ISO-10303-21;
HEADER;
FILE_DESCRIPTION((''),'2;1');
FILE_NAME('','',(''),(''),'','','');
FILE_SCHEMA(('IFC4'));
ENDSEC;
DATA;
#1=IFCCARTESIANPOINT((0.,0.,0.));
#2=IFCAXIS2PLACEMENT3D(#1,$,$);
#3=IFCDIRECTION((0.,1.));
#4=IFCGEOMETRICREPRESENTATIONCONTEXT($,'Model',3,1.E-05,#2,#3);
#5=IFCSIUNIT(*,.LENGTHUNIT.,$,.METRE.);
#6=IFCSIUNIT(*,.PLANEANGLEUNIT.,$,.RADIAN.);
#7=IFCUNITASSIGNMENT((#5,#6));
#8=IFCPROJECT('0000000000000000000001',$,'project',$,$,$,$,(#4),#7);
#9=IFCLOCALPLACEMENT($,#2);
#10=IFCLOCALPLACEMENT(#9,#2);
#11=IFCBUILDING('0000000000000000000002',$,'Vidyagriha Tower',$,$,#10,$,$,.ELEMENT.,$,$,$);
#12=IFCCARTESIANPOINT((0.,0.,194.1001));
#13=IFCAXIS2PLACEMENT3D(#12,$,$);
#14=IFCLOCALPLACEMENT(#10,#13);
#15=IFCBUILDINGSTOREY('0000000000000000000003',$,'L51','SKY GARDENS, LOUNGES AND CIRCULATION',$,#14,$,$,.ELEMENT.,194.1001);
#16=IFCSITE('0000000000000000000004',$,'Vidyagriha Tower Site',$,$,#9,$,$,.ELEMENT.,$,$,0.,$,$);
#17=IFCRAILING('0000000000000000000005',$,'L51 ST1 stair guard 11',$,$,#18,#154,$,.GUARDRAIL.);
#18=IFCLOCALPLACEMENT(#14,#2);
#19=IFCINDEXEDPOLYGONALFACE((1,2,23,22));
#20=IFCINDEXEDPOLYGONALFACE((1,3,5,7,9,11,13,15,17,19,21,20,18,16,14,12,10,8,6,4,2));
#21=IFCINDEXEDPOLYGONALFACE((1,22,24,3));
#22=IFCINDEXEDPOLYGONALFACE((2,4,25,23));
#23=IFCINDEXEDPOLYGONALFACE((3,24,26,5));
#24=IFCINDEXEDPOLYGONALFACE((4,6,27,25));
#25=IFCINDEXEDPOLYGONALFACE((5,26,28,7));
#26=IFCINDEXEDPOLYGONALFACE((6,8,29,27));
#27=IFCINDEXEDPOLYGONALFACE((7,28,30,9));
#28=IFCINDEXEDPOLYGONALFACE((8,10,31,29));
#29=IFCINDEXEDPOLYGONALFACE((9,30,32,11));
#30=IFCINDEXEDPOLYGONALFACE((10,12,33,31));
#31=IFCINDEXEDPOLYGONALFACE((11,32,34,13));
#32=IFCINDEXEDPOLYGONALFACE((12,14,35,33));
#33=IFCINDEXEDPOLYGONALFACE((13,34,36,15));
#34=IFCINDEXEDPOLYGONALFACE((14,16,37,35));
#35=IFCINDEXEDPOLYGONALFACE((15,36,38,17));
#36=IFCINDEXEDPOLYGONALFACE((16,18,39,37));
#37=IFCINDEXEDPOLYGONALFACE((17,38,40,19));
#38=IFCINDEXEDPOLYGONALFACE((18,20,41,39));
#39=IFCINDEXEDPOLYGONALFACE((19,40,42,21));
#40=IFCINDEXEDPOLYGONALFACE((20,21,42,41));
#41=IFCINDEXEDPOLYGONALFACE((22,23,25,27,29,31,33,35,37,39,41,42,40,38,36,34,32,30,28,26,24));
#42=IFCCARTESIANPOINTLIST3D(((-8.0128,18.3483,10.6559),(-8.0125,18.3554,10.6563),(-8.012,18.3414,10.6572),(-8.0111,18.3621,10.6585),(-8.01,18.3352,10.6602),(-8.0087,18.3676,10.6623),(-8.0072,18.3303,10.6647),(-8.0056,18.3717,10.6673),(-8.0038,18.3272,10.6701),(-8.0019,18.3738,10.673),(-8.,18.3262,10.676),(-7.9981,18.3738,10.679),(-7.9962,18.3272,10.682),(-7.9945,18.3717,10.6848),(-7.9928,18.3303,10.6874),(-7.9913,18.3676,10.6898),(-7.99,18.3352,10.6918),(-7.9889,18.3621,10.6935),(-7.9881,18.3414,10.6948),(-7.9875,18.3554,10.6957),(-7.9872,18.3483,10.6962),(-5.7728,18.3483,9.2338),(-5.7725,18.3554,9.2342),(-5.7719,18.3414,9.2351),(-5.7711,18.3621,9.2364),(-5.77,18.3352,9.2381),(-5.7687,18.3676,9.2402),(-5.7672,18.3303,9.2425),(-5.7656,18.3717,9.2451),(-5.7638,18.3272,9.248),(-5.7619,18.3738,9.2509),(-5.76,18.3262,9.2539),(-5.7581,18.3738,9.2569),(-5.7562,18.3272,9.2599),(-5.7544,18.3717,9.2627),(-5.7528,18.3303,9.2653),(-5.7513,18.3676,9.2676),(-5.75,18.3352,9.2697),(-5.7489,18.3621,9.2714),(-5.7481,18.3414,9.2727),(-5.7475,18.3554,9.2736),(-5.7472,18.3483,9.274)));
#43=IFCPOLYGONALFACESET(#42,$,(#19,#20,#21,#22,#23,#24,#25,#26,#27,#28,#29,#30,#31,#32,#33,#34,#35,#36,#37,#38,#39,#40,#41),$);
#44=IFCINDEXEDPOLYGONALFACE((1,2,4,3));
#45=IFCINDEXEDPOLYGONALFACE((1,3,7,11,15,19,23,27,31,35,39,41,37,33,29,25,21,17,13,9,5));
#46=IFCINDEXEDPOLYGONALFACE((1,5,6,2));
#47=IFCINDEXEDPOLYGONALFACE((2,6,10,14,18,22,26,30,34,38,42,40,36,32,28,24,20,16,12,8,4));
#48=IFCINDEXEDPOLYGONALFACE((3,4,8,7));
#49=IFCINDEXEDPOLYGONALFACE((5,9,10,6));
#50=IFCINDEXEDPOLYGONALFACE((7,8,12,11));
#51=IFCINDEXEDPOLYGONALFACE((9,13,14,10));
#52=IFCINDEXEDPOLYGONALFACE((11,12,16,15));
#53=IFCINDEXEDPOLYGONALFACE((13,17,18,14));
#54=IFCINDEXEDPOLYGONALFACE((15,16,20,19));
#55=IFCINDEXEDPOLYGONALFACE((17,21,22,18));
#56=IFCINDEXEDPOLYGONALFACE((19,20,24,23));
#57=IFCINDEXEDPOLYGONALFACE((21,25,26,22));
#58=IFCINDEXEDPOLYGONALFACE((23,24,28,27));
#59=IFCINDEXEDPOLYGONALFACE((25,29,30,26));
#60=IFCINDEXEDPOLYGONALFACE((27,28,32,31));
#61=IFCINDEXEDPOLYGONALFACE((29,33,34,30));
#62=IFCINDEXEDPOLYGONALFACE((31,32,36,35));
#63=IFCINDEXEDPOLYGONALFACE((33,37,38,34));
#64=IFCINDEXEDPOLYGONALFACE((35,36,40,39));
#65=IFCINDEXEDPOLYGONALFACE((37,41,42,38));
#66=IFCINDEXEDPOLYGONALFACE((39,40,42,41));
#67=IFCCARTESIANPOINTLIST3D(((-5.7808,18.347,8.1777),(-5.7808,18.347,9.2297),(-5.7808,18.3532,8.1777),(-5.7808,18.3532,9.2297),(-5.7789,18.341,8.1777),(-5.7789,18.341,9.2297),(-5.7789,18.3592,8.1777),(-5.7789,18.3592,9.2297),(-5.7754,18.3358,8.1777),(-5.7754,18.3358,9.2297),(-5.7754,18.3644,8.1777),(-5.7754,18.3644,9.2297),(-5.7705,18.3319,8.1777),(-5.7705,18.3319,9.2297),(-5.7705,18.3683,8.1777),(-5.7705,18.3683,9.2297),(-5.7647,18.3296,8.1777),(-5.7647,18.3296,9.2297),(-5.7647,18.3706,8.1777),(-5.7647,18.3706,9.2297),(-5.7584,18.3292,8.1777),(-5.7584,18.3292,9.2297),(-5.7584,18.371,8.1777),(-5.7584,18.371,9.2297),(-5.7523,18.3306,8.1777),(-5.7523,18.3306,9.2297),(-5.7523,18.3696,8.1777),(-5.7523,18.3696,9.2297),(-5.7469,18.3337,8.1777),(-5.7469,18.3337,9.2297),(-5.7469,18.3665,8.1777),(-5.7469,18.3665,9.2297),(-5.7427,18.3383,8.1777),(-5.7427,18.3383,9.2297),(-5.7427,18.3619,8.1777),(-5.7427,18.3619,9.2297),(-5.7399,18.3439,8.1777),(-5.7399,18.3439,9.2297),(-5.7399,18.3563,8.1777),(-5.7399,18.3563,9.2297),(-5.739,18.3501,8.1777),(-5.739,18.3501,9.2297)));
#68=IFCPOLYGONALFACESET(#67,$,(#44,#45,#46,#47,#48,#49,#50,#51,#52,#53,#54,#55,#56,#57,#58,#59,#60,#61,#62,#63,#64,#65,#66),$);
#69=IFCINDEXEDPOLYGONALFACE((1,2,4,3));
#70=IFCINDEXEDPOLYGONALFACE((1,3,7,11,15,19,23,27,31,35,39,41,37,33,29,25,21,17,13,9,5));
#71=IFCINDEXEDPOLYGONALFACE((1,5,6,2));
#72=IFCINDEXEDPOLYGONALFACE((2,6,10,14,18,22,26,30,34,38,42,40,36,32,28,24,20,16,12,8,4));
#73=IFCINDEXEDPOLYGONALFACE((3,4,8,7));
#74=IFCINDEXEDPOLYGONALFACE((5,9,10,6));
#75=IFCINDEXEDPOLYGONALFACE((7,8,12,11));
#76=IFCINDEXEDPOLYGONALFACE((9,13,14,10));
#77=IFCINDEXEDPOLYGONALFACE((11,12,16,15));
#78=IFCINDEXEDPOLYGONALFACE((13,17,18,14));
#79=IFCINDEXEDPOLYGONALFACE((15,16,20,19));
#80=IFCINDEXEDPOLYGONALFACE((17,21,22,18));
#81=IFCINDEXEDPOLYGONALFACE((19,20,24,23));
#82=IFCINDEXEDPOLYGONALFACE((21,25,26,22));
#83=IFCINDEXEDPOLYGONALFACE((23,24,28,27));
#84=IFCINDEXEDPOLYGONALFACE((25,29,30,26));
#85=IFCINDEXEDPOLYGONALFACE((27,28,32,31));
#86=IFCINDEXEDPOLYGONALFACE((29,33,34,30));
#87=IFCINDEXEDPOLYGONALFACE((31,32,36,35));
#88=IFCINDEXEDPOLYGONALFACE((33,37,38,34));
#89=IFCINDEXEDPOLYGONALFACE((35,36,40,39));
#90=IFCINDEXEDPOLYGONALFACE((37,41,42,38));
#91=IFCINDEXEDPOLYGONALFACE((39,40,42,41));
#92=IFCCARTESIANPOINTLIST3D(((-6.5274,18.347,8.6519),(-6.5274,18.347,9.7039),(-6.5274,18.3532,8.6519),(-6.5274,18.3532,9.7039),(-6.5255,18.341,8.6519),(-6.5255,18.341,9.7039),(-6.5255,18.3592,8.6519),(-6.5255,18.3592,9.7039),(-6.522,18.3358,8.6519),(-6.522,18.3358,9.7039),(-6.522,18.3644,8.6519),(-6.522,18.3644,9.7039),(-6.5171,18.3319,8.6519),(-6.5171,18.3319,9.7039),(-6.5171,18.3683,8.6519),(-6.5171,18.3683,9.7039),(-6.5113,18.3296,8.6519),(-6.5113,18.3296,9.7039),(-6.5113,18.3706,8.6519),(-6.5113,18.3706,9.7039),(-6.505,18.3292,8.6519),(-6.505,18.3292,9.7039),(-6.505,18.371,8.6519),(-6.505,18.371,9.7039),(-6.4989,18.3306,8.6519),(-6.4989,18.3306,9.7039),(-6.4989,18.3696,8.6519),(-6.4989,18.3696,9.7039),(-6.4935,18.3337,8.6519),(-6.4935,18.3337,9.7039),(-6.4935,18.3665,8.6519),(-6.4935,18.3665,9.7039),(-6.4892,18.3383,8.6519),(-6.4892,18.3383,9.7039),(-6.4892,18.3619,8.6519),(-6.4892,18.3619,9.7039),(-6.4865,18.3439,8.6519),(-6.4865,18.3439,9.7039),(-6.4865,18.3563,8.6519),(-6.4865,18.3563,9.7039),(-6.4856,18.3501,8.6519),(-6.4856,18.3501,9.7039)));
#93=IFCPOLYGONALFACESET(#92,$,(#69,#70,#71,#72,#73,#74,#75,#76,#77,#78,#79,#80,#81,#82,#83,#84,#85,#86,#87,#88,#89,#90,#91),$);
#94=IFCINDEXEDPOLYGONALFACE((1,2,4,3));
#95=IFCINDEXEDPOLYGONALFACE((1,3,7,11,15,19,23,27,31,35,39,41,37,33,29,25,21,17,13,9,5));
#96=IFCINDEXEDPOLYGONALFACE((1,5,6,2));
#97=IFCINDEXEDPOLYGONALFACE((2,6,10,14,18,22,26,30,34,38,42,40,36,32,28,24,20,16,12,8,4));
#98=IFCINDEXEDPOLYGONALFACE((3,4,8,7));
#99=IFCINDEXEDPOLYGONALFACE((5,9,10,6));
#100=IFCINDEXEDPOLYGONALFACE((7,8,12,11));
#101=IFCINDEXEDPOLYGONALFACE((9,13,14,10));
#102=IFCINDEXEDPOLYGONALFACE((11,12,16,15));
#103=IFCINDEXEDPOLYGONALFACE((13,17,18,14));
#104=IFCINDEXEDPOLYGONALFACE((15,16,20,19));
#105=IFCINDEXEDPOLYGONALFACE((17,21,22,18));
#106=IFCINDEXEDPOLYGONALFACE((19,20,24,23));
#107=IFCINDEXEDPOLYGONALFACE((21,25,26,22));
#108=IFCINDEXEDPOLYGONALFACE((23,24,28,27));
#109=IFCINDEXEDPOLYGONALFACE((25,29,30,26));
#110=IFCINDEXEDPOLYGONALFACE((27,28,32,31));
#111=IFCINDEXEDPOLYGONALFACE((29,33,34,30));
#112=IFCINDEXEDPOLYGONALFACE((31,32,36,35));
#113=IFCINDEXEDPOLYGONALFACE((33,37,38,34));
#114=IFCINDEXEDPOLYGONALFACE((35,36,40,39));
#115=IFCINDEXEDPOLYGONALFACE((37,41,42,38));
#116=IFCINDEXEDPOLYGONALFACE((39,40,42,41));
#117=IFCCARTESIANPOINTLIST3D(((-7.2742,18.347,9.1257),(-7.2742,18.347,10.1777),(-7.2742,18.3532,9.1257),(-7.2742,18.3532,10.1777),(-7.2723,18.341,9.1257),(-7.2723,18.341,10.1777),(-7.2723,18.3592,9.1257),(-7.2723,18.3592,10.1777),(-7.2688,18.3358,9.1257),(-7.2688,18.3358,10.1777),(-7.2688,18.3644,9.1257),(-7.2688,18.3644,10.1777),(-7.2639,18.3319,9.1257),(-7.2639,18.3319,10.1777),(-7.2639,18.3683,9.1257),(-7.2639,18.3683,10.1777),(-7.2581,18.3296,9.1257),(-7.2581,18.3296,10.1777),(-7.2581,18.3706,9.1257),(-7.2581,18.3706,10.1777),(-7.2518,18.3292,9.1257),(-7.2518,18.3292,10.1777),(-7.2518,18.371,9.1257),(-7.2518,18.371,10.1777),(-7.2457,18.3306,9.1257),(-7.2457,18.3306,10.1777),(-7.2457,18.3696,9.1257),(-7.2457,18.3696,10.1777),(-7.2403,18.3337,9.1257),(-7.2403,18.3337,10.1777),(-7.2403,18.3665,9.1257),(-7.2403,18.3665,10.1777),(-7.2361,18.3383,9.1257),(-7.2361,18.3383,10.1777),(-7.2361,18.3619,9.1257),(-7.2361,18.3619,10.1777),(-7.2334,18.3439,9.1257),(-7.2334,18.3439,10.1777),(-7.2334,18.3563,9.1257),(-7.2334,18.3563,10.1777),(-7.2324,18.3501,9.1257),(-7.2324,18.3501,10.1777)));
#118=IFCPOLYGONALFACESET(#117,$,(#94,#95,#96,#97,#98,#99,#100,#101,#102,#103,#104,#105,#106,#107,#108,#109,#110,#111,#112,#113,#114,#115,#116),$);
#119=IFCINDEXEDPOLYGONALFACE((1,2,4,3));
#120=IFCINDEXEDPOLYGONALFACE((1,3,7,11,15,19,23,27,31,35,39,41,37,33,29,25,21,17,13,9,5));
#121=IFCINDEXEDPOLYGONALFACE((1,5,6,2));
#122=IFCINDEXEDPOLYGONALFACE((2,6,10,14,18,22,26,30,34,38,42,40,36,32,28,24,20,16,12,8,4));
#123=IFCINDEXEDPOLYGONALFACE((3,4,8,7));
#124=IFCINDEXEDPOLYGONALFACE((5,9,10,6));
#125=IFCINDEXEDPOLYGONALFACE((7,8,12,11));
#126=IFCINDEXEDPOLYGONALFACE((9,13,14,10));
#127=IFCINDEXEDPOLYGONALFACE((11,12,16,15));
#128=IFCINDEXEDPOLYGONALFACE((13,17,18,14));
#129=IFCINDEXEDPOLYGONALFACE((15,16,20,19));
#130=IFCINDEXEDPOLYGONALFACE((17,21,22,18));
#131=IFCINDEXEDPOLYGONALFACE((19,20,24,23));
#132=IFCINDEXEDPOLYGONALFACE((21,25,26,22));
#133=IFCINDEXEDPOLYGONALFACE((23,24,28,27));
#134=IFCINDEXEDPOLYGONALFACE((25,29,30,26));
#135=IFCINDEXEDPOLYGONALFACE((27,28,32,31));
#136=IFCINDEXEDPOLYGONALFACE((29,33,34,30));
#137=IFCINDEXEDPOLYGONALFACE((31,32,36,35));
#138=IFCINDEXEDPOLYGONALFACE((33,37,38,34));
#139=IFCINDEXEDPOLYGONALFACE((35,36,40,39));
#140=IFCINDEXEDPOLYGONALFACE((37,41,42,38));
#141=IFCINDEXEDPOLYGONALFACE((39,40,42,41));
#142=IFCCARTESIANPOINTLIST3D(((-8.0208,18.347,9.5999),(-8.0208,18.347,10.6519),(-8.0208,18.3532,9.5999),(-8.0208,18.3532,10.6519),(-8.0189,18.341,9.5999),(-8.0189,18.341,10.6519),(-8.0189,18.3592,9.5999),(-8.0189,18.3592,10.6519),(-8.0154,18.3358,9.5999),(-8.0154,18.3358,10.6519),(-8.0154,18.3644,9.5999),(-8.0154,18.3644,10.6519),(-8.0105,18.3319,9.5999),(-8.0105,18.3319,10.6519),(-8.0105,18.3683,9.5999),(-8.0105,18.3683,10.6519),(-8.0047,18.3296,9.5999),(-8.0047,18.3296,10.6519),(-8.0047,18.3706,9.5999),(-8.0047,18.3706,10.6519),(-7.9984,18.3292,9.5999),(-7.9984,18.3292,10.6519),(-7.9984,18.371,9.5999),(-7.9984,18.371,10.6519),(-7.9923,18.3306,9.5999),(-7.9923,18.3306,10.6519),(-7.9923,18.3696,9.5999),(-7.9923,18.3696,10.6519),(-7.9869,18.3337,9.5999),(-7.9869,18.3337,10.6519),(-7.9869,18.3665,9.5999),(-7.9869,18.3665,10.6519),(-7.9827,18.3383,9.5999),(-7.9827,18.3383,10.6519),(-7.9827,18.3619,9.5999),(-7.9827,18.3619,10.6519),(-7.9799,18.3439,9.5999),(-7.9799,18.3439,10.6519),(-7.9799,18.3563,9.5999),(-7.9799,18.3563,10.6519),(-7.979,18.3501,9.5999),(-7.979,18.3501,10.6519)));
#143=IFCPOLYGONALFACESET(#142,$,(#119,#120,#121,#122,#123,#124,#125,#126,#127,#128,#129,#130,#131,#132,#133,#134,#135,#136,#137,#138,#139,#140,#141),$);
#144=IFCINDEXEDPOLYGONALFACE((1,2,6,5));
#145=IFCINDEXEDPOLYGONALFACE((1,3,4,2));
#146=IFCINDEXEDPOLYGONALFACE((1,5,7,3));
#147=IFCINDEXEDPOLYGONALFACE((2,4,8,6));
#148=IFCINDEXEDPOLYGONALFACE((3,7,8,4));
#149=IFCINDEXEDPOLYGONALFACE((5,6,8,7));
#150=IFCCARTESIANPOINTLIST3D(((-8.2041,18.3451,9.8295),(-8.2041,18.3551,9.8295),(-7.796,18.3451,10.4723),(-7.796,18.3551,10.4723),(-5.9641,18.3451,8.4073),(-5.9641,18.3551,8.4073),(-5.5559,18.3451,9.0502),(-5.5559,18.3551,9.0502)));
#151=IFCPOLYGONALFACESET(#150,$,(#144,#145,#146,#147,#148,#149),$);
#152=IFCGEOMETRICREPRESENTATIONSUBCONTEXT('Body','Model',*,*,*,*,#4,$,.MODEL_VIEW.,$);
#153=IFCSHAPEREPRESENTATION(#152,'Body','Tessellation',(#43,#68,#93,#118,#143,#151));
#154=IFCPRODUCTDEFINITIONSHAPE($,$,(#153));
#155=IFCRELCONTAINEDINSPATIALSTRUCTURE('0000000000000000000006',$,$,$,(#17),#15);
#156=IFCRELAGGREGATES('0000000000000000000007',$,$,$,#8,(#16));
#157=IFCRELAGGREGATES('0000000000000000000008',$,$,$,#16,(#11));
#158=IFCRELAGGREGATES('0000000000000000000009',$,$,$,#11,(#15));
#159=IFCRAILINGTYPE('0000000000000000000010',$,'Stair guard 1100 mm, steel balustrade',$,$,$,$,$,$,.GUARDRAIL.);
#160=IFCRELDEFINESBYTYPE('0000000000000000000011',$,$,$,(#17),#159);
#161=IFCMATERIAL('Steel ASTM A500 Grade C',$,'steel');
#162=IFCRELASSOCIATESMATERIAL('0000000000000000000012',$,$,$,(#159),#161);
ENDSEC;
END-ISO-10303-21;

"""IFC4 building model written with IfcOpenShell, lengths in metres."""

from ifc_helpers import new_model, si_unit, direction, frame, origin, origin_2d, place, context, subcontext, project, spatial, rectangle, circle, extrude, material, type_object, element, save


model = new_model("IFC4")

# Units and contexts
model_context = context("Model", 3, precision=1e-05, world=origin(), true_north=direction((0.0, 1.0)))
body_context = subcontext(model_context, "Body", "Model", "MODEL_VIEW")
ifc_project = project(units=[si_unit("LENGTHUNIT", "METRE"), si_unit("PLANEANGLEUNIT", "RADIAN")], contexts=[model_context])

# Site, building, storey
site_placement = place(None, origin())
site = spatial("IfcSite", under=ifc_project, at=site_placement, Name="Vidyagriha Tower Site", CompositionType="ELEMENT", RefElevation=0.0)
building_placement = place(site_placement, origin())
building = spatial("IfcBuilding", under=site, at=building_placement, Name="Vidyagriha Tower", CompositionType="ELEMENT")
storey_placement = place(building_placement, frame((0.0, 0.0, 194.1001)))
storey = spatial("IfcBuildingStorey", under=building, at=storey_placement, Name="L51", Description="SKY GARDENS, LOUNGES AND CIRCULATION", CompositionType="ELEMENT", Elevation=194.1001)

# Railing
ifc_material_1 = material(Name="Steel ASTM A500 Grade C", Category="steel")
railing_type_1 = type_object("IfcRailingType", Name="Stair guard 1100 mm, steel balustrade", PredefinedType="GUARDRAIL", material=ifc_material_1)
railing_1_placement = place(storey_placement, frame((-5.76, 18.3501, 8.1777)))
element("IfcRailing", 1, at=railing_1_placement, inside=storey, type_object=railing_type_1, Name="L51 ST1 stair guard 11", PredefinedType="GUARDRAIL", context=body_context, shape_type="SweptSolid", body=[
    extrude(circle(Radius=0.0239, at=origin_2d()), frame((0.0, 0.0, 1.0762), z_axis=(-0.844229, 0.0, 0.535982), x_axis=(0.0, -1.0, 0.0)), (0.0, 0.0, 1.0), 2.6533),
    extrude(circle(Radius=0.021, at=origin_2d()), origin(), (0.0, 0.0, 1.0), 1.052),
    extrude(circle(Radius=0.021, at=origin_2d()), frame((-0.7466, 0.0, 0.4741)), (0.0, 0.0, 1.0), 1.052),
    extrude(circle(Radius=0.021, at=origin_2d()), frame((-1.4934, 0.0, 0.948)), (0.0, 0.0, 1.0), 1.052),
    extrude(circle(Radius=0.021, at=origin_2d()), frame((-2.24, 0.0, 1.4221)), (0.0, 0.0, 1.0), 1.052),
    extrude(rectangle(XDim=0.01, YDim=0.7615, at=origin_2d()), frame((0.0, 0.0, 0.551), z_axis=(-0.844229, 0.0, 0.535982), x_axis=(0.0, -1.0, 0.0)), (0.0, 0.0, 1.0), 2.6533),
])

save(model, "model.ifc")
